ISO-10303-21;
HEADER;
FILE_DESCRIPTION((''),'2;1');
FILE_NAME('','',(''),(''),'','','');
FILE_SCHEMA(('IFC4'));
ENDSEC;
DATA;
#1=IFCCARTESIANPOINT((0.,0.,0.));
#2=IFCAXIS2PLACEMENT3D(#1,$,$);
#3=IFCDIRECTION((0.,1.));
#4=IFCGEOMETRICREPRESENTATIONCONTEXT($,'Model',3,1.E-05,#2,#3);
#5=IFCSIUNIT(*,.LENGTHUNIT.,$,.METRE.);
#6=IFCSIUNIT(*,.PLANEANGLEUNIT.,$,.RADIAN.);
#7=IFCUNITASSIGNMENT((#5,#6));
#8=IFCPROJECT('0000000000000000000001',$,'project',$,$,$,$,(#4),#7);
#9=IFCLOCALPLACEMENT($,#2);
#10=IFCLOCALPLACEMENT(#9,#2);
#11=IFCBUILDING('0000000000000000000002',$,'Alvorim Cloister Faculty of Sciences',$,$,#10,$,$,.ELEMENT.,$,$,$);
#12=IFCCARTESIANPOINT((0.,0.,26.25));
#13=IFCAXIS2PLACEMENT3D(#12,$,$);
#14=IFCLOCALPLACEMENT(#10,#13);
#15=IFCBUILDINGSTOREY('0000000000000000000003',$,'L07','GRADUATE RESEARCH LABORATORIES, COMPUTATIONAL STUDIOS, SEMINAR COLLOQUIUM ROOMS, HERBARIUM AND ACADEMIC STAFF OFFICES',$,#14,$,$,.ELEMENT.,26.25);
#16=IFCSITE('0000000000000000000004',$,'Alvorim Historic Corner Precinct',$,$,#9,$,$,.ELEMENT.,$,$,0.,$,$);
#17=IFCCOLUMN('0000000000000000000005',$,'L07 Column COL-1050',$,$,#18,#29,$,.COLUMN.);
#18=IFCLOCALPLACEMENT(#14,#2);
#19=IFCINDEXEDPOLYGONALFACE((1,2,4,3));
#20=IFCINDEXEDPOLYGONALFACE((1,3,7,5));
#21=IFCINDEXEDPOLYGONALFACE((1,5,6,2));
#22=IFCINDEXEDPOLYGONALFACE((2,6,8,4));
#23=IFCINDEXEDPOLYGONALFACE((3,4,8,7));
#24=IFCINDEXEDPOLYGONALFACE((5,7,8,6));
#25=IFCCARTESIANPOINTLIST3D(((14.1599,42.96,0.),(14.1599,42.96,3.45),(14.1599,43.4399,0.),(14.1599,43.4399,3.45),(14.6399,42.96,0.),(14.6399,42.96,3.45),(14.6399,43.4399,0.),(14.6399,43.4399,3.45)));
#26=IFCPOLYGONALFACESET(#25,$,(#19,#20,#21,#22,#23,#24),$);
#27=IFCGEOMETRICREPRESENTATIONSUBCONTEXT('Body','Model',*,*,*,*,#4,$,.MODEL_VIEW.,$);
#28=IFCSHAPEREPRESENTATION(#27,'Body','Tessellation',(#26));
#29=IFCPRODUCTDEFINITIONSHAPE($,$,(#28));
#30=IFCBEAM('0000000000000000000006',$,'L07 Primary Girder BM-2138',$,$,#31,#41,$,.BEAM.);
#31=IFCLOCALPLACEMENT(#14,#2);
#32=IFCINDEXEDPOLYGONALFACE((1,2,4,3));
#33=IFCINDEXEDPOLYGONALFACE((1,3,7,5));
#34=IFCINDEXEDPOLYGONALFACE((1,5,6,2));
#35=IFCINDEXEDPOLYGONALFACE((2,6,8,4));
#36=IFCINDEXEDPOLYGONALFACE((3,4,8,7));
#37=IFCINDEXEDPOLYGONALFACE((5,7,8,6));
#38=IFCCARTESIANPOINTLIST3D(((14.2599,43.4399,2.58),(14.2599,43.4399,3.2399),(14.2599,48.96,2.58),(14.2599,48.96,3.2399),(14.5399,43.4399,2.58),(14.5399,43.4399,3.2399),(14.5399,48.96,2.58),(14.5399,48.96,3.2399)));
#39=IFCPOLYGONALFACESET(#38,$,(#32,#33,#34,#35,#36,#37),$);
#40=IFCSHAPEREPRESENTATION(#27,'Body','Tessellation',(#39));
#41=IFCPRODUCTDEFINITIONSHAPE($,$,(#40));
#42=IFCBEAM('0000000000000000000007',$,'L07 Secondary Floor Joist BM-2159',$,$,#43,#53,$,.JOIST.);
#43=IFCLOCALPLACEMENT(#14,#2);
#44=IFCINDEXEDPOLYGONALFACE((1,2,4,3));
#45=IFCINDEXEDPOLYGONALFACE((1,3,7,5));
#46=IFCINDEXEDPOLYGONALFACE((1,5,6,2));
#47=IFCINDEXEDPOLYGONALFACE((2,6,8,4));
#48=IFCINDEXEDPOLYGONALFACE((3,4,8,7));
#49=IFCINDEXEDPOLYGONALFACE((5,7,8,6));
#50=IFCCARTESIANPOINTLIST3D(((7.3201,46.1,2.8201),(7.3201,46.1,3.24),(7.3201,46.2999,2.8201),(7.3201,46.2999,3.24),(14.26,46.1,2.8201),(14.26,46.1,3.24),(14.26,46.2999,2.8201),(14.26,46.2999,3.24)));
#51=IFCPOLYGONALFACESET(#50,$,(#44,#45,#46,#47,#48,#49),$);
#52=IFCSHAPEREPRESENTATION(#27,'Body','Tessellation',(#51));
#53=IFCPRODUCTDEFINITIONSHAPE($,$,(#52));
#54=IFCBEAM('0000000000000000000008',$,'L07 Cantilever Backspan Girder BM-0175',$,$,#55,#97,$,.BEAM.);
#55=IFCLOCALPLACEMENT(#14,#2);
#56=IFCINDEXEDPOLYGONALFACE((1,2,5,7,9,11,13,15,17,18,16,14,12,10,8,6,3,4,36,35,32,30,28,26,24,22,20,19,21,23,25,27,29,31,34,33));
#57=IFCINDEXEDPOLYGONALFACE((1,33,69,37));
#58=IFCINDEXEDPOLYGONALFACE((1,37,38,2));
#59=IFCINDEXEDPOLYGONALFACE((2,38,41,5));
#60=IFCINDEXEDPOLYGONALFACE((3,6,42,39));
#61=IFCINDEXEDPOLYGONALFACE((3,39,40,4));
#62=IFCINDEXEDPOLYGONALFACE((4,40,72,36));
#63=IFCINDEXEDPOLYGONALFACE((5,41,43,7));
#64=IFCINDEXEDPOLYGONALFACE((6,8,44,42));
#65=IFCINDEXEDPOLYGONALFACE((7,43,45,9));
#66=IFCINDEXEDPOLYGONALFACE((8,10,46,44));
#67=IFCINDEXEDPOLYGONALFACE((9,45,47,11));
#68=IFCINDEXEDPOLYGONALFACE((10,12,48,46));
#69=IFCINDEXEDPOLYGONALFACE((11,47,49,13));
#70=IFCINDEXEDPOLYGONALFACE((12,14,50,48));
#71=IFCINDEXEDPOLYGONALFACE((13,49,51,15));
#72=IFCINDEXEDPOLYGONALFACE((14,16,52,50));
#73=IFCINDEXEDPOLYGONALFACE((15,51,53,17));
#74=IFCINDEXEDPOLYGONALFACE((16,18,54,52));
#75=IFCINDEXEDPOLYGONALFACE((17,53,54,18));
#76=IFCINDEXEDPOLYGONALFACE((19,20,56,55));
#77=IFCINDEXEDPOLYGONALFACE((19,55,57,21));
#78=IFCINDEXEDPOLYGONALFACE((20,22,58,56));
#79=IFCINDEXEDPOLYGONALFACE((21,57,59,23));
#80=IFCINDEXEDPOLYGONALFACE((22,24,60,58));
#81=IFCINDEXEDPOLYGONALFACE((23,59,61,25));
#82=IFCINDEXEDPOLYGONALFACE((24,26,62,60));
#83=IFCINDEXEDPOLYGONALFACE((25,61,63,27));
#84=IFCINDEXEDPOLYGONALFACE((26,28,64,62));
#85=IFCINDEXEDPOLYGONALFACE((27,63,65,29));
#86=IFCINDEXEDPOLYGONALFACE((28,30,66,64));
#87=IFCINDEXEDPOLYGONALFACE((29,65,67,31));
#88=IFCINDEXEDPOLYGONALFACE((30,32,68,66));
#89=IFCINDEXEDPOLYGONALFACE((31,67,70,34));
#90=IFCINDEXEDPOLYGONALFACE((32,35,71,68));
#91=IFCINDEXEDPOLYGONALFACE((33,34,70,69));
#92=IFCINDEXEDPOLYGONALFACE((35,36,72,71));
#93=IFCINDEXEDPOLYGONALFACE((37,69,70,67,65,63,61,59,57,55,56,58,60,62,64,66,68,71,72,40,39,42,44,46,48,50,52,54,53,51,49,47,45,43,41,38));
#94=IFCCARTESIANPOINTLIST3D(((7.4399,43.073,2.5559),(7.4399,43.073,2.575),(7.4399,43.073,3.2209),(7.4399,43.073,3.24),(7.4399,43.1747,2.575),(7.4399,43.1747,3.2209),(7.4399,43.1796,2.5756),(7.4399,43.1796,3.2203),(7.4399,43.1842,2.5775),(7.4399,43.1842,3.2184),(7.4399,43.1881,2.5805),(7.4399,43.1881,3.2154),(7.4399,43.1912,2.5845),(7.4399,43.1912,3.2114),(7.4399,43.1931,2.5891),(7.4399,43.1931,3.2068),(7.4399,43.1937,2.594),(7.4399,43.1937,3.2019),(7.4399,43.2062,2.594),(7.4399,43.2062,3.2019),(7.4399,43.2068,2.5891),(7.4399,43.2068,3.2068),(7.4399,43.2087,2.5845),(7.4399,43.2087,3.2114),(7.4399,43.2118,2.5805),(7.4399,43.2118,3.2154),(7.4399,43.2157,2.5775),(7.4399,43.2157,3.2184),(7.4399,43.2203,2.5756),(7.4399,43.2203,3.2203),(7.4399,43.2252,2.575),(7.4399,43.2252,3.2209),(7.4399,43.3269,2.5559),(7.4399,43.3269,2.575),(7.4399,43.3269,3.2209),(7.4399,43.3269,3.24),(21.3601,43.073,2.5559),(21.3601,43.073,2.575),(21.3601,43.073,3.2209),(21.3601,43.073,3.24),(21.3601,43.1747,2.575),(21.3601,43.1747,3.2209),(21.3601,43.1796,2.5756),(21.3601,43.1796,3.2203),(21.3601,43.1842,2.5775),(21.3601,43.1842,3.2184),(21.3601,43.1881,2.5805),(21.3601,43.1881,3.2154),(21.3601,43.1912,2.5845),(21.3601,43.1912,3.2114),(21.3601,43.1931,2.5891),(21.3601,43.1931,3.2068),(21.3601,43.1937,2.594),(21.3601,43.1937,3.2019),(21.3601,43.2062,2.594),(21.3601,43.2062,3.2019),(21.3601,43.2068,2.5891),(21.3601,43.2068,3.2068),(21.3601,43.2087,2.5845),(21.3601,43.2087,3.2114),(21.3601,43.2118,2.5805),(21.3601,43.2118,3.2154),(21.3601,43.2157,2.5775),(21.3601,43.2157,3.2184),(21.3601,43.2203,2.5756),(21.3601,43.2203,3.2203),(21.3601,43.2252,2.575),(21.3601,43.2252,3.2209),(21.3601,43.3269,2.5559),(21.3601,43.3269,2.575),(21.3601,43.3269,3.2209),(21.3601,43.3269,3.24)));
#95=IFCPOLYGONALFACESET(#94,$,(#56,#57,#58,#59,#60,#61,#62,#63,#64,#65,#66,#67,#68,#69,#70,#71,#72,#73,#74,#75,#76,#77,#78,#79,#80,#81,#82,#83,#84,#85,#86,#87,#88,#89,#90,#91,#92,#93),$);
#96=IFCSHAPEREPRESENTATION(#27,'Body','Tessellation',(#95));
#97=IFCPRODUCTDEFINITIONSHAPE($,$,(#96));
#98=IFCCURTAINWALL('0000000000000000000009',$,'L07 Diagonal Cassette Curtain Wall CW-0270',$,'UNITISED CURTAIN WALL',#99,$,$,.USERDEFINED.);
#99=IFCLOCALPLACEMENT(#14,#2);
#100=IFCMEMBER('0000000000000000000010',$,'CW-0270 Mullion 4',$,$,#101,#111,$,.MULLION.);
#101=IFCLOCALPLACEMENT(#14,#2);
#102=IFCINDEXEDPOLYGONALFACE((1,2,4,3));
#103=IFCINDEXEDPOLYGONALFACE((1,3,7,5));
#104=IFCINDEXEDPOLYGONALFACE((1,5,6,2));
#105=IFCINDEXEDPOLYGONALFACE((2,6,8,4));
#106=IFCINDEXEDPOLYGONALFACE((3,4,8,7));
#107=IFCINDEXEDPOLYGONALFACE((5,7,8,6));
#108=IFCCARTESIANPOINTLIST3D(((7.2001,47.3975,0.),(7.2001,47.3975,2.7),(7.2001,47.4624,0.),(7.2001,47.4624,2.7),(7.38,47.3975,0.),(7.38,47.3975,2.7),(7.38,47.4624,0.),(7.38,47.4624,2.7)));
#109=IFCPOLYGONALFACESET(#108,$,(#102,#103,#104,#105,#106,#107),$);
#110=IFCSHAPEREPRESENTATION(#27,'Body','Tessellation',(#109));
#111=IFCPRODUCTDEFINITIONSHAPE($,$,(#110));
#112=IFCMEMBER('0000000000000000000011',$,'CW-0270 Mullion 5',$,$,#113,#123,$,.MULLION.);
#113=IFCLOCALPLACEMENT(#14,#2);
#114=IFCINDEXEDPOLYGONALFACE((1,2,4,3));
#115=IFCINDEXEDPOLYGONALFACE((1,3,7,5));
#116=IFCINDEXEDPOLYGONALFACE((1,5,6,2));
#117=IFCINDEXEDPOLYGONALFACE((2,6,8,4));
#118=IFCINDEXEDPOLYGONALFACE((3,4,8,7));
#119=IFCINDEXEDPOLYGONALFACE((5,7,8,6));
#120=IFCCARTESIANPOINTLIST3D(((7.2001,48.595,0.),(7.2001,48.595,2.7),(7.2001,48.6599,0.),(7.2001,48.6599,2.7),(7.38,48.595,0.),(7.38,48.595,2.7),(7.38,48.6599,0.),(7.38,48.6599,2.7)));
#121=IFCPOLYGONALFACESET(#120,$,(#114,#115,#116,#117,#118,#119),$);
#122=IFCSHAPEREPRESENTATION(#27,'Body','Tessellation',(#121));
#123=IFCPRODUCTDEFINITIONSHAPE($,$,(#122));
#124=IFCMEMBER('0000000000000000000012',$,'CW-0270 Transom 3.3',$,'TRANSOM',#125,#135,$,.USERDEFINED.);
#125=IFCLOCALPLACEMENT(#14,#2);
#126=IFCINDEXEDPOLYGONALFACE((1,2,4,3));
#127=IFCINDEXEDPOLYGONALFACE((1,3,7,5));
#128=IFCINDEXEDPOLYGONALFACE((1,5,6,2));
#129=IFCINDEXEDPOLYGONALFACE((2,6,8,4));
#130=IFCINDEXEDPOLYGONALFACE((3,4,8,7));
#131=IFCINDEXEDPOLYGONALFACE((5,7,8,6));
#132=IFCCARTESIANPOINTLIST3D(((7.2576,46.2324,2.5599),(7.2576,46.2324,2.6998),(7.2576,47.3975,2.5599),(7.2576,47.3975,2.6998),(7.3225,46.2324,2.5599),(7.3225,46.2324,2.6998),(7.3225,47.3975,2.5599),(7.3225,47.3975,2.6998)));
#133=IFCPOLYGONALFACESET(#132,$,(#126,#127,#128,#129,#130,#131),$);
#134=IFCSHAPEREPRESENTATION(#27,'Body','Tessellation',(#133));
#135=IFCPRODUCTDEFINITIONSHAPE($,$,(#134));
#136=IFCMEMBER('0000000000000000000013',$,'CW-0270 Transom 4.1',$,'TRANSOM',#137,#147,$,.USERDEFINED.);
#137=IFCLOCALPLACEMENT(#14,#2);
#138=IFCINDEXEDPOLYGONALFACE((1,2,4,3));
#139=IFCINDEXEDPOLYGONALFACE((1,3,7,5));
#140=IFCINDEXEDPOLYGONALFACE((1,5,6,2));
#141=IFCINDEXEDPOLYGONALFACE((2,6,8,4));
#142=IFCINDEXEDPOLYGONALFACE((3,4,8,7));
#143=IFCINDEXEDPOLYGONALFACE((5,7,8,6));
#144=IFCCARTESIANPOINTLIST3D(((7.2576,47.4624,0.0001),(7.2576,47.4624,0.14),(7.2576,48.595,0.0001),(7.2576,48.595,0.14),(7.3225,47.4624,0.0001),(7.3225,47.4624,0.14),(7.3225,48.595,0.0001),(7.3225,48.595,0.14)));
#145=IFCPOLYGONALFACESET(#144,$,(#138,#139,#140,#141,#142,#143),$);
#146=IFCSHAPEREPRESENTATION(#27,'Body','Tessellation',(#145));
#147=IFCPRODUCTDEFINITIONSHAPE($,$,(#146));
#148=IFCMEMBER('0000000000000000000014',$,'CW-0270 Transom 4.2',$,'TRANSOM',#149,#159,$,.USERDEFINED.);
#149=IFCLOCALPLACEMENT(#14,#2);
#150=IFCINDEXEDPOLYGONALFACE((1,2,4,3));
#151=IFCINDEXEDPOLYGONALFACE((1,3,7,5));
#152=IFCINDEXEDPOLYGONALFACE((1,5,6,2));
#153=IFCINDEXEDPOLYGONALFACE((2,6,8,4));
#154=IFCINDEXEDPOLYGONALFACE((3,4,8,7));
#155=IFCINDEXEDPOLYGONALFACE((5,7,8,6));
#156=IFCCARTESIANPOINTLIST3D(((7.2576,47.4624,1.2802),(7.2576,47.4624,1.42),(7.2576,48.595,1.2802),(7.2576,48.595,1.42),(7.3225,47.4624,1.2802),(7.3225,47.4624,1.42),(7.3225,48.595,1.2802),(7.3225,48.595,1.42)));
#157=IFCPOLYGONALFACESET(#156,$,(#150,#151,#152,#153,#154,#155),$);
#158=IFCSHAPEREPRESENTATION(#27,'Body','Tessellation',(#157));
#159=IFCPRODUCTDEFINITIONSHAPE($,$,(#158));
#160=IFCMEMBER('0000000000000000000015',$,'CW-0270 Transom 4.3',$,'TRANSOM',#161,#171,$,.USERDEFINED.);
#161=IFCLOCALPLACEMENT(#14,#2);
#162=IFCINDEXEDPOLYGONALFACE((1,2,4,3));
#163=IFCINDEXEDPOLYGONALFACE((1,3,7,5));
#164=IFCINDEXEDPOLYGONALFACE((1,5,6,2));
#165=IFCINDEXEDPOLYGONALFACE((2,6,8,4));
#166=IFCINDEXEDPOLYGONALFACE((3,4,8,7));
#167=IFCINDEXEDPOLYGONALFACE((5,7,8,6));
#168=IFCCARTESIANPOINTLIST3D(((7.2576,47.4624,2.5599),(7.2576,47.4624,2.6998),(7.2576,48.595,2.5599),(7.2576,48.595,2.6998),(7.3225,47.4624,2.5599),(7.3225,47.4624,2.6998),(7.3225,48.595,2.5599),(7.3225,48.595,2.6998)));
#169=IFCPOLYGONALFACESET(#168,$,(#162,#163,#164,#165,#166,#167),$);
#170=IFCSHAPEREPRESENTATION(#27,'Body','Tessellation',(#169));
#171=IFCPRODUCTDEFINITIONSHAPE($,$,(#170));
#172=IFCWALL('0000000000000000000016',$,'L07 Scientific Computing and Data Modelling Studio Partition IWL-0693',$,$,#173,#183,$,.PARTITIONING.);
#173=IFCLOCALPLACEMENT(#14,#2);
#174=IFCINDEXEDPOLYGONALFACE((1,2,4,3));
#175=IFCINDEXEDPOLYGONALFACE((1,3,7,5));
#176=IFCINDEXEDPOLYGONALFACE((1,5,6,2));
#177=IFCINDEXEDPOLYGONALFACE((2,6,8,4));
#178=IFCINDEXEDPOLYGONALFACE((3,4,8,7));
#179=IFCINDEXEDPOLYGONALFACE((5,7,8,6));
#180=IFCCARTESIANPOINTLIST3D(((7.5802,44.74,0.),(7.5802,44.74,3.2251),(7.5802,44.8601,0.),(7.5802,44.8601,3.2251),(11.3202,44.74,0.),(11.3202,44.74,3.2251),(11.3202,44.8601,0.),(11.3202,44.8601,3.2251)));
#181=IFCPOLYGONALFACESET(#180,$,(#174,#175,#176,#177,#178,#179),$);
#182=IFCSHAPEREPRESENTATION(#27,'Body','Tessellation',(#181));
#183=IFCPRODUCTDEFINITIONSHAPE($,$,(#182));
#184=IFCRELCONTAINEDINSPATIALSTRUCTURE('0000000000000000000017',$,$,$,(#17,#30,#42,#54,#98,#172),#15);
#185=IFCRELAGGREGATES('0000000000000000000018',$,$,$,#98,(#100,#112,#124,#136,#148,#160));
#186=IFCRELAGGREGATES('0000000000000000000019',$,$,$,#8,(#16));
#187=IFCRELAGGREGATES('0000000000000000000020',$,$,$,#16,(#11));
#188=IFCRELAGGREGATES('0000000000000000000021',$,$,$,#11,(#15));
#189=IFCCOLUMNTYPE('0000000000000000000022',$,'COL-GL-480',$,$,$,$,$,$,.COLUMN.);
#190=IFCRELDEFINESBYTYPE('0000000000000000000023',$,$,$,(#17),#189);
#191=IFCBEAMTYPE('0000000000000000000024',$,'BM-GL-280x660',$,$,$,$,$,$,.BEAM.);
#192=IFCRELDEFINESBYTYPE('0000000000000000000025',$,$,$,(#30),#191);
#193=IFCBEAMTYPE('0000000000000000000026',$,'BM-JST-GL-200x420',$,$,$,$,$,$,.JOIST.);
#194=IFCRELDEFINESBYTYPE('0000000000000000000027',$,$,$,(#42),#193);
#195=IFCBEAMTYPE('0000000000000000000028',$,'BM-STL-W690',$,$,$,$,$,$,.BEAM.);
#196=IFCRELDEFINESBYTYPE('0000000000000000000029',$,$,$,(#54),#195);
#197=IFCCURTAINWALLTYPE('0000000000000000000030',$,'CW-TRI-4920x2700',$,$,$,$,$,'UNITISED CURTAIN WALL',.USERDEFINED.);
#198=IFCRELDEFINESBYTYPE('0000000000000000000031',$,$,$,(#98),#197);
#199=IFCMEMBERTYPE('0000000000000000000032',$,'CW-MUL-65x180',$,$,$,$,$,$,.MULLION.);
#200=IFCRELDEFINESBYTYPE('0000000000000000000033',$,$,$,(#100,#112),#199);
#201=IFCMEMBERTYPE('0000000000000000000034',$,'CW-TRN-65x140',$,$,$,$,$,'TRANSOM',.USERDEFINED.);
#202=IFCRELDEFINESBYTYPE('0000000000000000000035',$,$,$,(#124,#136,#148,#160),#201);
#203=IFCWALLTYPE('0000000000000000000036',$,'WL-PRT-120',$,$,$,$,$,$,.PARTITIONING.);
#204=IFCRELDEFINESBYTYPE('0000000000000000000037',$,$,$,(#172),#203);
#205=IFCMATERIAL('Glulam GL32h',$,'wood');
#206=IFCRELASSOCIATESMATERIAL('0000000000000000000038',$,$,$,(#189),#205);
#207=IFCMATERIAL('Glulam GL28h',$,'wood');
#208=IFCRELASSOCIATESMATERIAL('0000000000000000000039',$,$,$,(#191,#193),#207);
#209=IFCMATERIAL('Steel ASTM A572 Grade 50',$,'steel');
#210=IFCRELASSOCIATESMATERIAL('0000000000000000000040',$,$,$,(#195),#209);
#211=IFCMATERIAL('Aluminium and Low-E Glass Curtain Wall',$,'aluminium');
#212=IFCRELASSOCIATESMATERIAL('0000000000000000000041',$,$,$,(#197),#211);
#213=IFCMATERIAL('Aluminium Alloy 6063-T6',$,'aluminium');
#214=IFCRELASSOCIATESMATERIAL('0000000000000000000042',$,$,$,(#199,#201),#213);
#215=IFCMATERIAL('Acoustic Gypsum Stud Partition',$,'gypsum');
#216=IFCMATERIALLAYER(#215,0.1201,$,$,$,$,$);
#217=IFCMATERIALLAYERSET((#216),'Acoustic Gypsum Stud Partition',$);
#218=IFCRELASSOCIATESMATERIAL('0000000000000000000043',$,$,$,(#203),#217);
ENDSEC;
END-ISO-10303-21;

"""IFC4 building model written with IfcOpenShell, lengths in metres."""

from ifc_helpers import new_model, si_unit, direction, frame, frame_2d, origin, origin_2d, place, context, subcontext, project, spatial, rectangle, i_section, extrude, material, layer, layer_set, material_profile, profile_set, type_object, element, aggregate, save


model = new_model("IFC4")

# Units and contexts
model_context = context("Model", 3, precision=1e-05, world=origin(), true_north=direction((0.0, 1.0)))
body_context = subcontext(model_context, "Body", "Model", "MODEL_VIEW")
ifc_project = project(units=[si_unit("LENGTHUNIT", "METRE"), si_unit("PLANEANGLEUNIT", "RADIAN")], contexts=[model_context])

# Site, building, storey
site_placement = place(None, origin())
site = spatial("IfcSite", under=ifc_project, at=site_placement, Name="Alvorim Historic Corner Precinct", CompositionType="ELEMENT", RefElevation=0.0)
building_placement = place(site_placement, origin())
building = spatial("IfcBuilding", under=site, at=building_placement, Name="Alvorim Cloister Faculty of Sciences", CompositionType="ELEMENT")
storey_placement = place(building_placement, frame((0.0, 0.0, 26.25)))
storey = spatial("IfcBuildingStorey", under=building, at=storey_placement, Name="L07", Description="GRADUATE RESEARCH LABORATORIES, COMPUTATIONAL STUDIOS, SEMINAR COLLOQUIUM ROOMS, HERBARIUM AND ACADEMIC STAFF OFFICES", CompositionType="ELEMENT", Elevation=26.25)

# Column
ifc_material_1 = material(Name="Glulam GL32h", Category="wood")
ifc_material_profile_1 = material_profile(ifc_material_1, rectangle(XDim=0.48, YDim=0.48, at=origin_2d()), Name="GL32-COL-480x480")
ifc_profile_set_1 = profile_set([ifc_material_profile_1], Name="Glulam GL32h")
column_type = type_object("IfcColumnType", Name="COL-GL-480", PredefinedType="COLUMN", material=ifc_profile_set_1)
column_placement = place(storey_placement, frame((14.3999, 43.2, 0.0), z_axis=(0.0, 0.0, 1.0), x_axis=(1.0, 0.0, 0.0)))
element("IfcColumn", 1, at=column_placement, inside=storey, type_object=column_type, Name="L07 Column COL-1050", PredefinedType="COLUMN", context=body_context, shape_type="SweptSolid", body=[
    extrude(rectangle(XDim=0.48, YDim=0.48, at=origin_2d()), origin(), (0.0, 0.0, 1.0), 3.45),
])

# Beams
ifc_material_2 = material(Name="Glulam GL28h", Category="wood")
ifc_material_profile_2 = material_profile(ifc_material_2, rectangle(XDim=0.28, YDim=0.6599, at=origin_2d()), Name="GL28-BM-280x660")
ifc_profile_set_2 = profile_set([ifc_material_profile_2], Name="Glulam GL28h")
beam_type_1 = type_object("IfcBeamType", Name="BM-GL-280x660", PredefinedType="BEAM", material=ifc_profile_set_2)
beam_1_placement = place(storey_placement, frame((14.3999, 43.4399, 2.9099), z_axis=(0.0, 1.0, 0.0), x_axis=(-1.0, 0.0, 0.0)))
element("IfcBeam", 2, at=beam_1_placement, inside=storey, type_object=beam_type_1, Name="L07 Primary Girder BM-2138", PredefinedType="BEAM", context=body_context, shape_type="SweptSolid", body=[
    extrude(rectangle(XDim=0.28, YDim=0.6599, at=origin_2d()), origin(), (0.0, 0.0, 1.0), 5.52),
])
ifc_material_profile_3 = material_profile(ifc_material_2, rectangle(XDim=0.2, YDim=0.4199, at=origin_2d()), Name="GL28-JST-200x420")
ifc_profile_set_3 = profile_set([ifc_material_profile_3], Name="Glulam GL28h")
beam_type_2 = type_object("IfcBeamType", Name="BM-JST-GL-200x420", PredefinedType="JOIST", material=ifc_profile_set_3)
beam_2_placement = place(storey_placement, frame((7.3201, 46.2, 3.03), z_axis=(1.0, 0.0, 0.0), x_axis=(0.0, 1.0, 0.0)))
element("IfcBeam", 3, at=beam_2_placement, inside=storey, type_object=beam_type_2, Name="L07 Secondary Floor Joist BM-2159", PredefinedType="JOIST", context=body_context, shape_type="SweptSolid", body=[
    extrude(rectangle(XDim=0.2, YDim=0.4199, at=origin_2d()), origin(), (0.0, 0.0, 1.0), 6.9399),
])
ifc_material_3 = material(Name="Steel ASTM A572 Grade 50", Category="steel")
ifc_material_profile_4 = material_profile(ifc_material_3, i_section(OverallWidth=0.2539, OverallDepth=0.6841, WebThickness=0.0125, FlangeThickness=0.019, FilletRadius=0.019, at=origin_2d()), Name="W690x140.0")
ifc_profile_set_4 = profile_set([ifc_material_profile_4], Name="Steel ASTM A572 Grade 50")
beam_type_3 = type_object("IfcBeamType", Name="BM-STL-W690", PredefinedType="BEAM", material=ifc_profile_set_4)
beam_3_placement = place(storey_placement, frame((7.4399, 43.2, 2.8979), z_axis=(1.0, 0.0, 0.0), x_axis=(0.0, 1.0, 0.0)))
element("IfcBeam", 4, at=beam_3_placement, inside=storey, type_object=beam_type_3, Name="L07 Cantilever Backspan Girder BM-0175", PredefinedType="BEAM", context=body_context, shape_type="SweptSolid", body=[
    extrude(i_section(OverallWidth=0.2539, OverallDepth=0.6841, WebThickness=0.0125, FlangeThickness=0.019, FilletRadius=0.019, at=origin_2d()), origin(), (0.0, 0.0, 1.0), 13.9202),
])

# Curtain wall, members
ifc_material_4 = material(Name="Aluminium and Low-E Glass Curtain Wall", Category="aluminium")
curtain_wall_type = type_object("IfcCurtainWallType", Name="CW-TRI-4920x2700", ElementType="UNITISED CURTAIN WALL", PredefinedType="USERDEFINED", material=ifc_material_4)
curtain_wall_placement = place(storey_placement, origin())
curtain_wall = element("IfcCurtainWall", 5, at=curtain_wall_placement, inside=storey, type_object=curtain_wall_type, Name="L07 Diagonal Cassette Curtain Wall CW-0270", ObjectType="UNITISED CURTAIN WALL", PredefinedType="USERDEFINED")
ifc_material_5 = material(Name="Aluminium Alloy 6063-T6", Category="aluminium")
ifc_material_profile_5 = material_profile(ifc_material_5, rectangle(XDim=0.0649, YDim=0.1799, at=origin_2d()), Name="ALU-MUL-65x180")
ifc_profile_set_5 = profile_set([ifc_material_profile_5], Name="Aluminium Alloy 6063-T6")
member_type_1 = type_object("IfcMemberType", Name="CW-MUL-65x180", PredefinedType="MULLION", material=ifc_profile_set_5)
member_1_placement = place(storey_placement, frame((7.29, 47.4299, 0.0), z_axis=(0.0, 0.0, 1.0), x_axis=(0.0, 1.0, 0.0)))
member_1 = element("IfcMember", 6, at=member_1_placement, type_object=member_type_1, Name="CW-0270 Mullion 4", PredefinedType="MULLION", context=body_context, shape_type="SweptSolid", body=[
    extrude(rectangle(XDim=0.0649, YDim=0.1799, at=origin_2d()), origin(), (0.0, 0.0, 1.0), 2.7),
])
member_2_placement = place(storey_placement, frame((7.29, 48.6274, 0.0), z_axis=(0.0, 0.0, 1.0), x_axis=(0.0, 1.0, 0.0)))
member_2 = element("IfcMember", 7, at=member_2_placement, type_object=member_type_1, Name="CW-0270 Mullion 5", PredefinedType="MULLION", context=body_context, shape_type="SweptSolid", body=[
    extrude(rectangle(XDim=0.0649, YDim=0.1799, at=origin_2d()), origin(), (0.0, 0.0, 1.0), 2.7),
])
ifc_material_profile_6 = material_profile(ifc_material_5, rectangle(XDim=0.0649, YDim=0.1399, at=origin_2d()), Name="ALU-TRN-65x140")
ifc_profile_set_6 = profile_set([ifc_material_profile_6], Name="Aluminium Alloy 6063-T6")
member_type_2 = type_object("IfcMemberType", Name="CW-TRN-65x140", ElementType="TRANSOM", PredefinedType="USERDEFINED", material=ifc_profile_set_6)
member_3_placement = place(storey_placement, frame((7.29, 46.2324, 2.6299), z_axis=(0.0, 1.0, 0.0), x_axis=(-1.0, 0.0, 0.0)))
member_3 = element("IfcMember", 8, at=member_3_placement, type_object=member_type_2, Name="CW-0270 Transom 3.3", ObjectType="TRANSOM", PredefinedType="USERDEFINED", context=body_context, shape_type="SweptSolid", body=[
    extrude(rectangle(XDim=0.0649, YDim=0.1399, at=origin_2d()), origin(), (0.0, 0.0, 1.0), 1.165),
])
member_4_placement = place(storey_placement, frame((7.29, 47.4624, 0.0701), z_axis=(0.0, 1.0, 0.0), x_axis=(-1.0, 0.0, 0.0)))
member_4 = element("IfcMember", 9, at=member_4_placement, type_object=member_type_2, Name="CW-0270 Transom 4.1", ObjectType="TRANSOM", PredefinedType="USERDEFINED", context=body_context, shape_type="SweptSolid", body=[
    extrude(rectangle(XDim=0.0649, YDim=0.1399, at=origin_2d()), origin(), (0.0, 0.0, 1.0), 1.1326),
])
member_5_placement = place(storey_placement, frame((7.29, 47.4624, 1.3501), z_axis=(0.0, 1.0, 0.0), x_axis=(-1.0, 0.0, 0.0)))
member_5 = element("IfcMember", 10, at=member_5_placement, type_object=member_type_2, Name="CW-0270 Transom 4.2", ObjectType="TRANSOM", PredefinedType="USERDEFINED", context=body_context, shape_type="SweptSolid", body=[
    extrude(rectangle(XDim=0.0649, YDim=0.1399, at=origin_2d()), origin(), (0.0, 0.0, 1.0), 1.1326),
])
member_6_placement = place(storey_placement, frame((7.29, 47.4624, 2.6299), z_axis=(0.0, 1.0, 0.0), x_axis=(-1.0, 0.0, 0.0)))
member_6 = element("IfcMember", 11, at=member_6_placement, type_object=member_type_2, Name="CW-0270 Transom 4.3", ObjectType="TRANSOM", PredefinedType="USERDEFINED", context=body_context, shape_type="SweptSolid", body=[
    extrude(rectangle(XDim=0.0649, YDim=0.1399, at=origin_2d()), origin(), (0.0, 0.0, 1.0), 1.1326),
])
aggregate(curtain_wall, [member_1, member_2, member_3, member_4, member_5, member_6])

# Wall
ifc_material_6 = material(Name="Acoustic Gypsum Stud Partition", Category="gypsum")
ifc_layer_1 = layer(ifc_material_6, 0.1201)
ifc_layer_set_1 = layer_set([ifc_layer_1], Name="Acoustic Gypsum Stud Partition")
wall_type_1 = type_object("IfcWallType", Name="WL-PRT-120", PredefinedType="PARTITIONING", material=ifc_layer_set_1)
wall_1_placement = place(storey_placement, frame((7.5801, 44.8, 0.0), z_axis=(0.0, 0.0, 1.0), x_axis=(1.0, 0.0, 0.0)))
element("IfcWall", 12, at=wall_1_placement, inside=storey, type_object=wall_type_1, Name="L07 Scientific Computing and Data Modelling Studio Partition IWL-0693", PredefinedType="PARTITIONING", context=body_context, shape_type="SweptSolid", body=[
    extrude(rectangle(XDim=3.74, YDim=0.1201, at=frame_2d((1.8701, 0.0))), origin(), (0.0, 0.0, 1.0), 3.2251),
])

save(model, "model.ifc")
